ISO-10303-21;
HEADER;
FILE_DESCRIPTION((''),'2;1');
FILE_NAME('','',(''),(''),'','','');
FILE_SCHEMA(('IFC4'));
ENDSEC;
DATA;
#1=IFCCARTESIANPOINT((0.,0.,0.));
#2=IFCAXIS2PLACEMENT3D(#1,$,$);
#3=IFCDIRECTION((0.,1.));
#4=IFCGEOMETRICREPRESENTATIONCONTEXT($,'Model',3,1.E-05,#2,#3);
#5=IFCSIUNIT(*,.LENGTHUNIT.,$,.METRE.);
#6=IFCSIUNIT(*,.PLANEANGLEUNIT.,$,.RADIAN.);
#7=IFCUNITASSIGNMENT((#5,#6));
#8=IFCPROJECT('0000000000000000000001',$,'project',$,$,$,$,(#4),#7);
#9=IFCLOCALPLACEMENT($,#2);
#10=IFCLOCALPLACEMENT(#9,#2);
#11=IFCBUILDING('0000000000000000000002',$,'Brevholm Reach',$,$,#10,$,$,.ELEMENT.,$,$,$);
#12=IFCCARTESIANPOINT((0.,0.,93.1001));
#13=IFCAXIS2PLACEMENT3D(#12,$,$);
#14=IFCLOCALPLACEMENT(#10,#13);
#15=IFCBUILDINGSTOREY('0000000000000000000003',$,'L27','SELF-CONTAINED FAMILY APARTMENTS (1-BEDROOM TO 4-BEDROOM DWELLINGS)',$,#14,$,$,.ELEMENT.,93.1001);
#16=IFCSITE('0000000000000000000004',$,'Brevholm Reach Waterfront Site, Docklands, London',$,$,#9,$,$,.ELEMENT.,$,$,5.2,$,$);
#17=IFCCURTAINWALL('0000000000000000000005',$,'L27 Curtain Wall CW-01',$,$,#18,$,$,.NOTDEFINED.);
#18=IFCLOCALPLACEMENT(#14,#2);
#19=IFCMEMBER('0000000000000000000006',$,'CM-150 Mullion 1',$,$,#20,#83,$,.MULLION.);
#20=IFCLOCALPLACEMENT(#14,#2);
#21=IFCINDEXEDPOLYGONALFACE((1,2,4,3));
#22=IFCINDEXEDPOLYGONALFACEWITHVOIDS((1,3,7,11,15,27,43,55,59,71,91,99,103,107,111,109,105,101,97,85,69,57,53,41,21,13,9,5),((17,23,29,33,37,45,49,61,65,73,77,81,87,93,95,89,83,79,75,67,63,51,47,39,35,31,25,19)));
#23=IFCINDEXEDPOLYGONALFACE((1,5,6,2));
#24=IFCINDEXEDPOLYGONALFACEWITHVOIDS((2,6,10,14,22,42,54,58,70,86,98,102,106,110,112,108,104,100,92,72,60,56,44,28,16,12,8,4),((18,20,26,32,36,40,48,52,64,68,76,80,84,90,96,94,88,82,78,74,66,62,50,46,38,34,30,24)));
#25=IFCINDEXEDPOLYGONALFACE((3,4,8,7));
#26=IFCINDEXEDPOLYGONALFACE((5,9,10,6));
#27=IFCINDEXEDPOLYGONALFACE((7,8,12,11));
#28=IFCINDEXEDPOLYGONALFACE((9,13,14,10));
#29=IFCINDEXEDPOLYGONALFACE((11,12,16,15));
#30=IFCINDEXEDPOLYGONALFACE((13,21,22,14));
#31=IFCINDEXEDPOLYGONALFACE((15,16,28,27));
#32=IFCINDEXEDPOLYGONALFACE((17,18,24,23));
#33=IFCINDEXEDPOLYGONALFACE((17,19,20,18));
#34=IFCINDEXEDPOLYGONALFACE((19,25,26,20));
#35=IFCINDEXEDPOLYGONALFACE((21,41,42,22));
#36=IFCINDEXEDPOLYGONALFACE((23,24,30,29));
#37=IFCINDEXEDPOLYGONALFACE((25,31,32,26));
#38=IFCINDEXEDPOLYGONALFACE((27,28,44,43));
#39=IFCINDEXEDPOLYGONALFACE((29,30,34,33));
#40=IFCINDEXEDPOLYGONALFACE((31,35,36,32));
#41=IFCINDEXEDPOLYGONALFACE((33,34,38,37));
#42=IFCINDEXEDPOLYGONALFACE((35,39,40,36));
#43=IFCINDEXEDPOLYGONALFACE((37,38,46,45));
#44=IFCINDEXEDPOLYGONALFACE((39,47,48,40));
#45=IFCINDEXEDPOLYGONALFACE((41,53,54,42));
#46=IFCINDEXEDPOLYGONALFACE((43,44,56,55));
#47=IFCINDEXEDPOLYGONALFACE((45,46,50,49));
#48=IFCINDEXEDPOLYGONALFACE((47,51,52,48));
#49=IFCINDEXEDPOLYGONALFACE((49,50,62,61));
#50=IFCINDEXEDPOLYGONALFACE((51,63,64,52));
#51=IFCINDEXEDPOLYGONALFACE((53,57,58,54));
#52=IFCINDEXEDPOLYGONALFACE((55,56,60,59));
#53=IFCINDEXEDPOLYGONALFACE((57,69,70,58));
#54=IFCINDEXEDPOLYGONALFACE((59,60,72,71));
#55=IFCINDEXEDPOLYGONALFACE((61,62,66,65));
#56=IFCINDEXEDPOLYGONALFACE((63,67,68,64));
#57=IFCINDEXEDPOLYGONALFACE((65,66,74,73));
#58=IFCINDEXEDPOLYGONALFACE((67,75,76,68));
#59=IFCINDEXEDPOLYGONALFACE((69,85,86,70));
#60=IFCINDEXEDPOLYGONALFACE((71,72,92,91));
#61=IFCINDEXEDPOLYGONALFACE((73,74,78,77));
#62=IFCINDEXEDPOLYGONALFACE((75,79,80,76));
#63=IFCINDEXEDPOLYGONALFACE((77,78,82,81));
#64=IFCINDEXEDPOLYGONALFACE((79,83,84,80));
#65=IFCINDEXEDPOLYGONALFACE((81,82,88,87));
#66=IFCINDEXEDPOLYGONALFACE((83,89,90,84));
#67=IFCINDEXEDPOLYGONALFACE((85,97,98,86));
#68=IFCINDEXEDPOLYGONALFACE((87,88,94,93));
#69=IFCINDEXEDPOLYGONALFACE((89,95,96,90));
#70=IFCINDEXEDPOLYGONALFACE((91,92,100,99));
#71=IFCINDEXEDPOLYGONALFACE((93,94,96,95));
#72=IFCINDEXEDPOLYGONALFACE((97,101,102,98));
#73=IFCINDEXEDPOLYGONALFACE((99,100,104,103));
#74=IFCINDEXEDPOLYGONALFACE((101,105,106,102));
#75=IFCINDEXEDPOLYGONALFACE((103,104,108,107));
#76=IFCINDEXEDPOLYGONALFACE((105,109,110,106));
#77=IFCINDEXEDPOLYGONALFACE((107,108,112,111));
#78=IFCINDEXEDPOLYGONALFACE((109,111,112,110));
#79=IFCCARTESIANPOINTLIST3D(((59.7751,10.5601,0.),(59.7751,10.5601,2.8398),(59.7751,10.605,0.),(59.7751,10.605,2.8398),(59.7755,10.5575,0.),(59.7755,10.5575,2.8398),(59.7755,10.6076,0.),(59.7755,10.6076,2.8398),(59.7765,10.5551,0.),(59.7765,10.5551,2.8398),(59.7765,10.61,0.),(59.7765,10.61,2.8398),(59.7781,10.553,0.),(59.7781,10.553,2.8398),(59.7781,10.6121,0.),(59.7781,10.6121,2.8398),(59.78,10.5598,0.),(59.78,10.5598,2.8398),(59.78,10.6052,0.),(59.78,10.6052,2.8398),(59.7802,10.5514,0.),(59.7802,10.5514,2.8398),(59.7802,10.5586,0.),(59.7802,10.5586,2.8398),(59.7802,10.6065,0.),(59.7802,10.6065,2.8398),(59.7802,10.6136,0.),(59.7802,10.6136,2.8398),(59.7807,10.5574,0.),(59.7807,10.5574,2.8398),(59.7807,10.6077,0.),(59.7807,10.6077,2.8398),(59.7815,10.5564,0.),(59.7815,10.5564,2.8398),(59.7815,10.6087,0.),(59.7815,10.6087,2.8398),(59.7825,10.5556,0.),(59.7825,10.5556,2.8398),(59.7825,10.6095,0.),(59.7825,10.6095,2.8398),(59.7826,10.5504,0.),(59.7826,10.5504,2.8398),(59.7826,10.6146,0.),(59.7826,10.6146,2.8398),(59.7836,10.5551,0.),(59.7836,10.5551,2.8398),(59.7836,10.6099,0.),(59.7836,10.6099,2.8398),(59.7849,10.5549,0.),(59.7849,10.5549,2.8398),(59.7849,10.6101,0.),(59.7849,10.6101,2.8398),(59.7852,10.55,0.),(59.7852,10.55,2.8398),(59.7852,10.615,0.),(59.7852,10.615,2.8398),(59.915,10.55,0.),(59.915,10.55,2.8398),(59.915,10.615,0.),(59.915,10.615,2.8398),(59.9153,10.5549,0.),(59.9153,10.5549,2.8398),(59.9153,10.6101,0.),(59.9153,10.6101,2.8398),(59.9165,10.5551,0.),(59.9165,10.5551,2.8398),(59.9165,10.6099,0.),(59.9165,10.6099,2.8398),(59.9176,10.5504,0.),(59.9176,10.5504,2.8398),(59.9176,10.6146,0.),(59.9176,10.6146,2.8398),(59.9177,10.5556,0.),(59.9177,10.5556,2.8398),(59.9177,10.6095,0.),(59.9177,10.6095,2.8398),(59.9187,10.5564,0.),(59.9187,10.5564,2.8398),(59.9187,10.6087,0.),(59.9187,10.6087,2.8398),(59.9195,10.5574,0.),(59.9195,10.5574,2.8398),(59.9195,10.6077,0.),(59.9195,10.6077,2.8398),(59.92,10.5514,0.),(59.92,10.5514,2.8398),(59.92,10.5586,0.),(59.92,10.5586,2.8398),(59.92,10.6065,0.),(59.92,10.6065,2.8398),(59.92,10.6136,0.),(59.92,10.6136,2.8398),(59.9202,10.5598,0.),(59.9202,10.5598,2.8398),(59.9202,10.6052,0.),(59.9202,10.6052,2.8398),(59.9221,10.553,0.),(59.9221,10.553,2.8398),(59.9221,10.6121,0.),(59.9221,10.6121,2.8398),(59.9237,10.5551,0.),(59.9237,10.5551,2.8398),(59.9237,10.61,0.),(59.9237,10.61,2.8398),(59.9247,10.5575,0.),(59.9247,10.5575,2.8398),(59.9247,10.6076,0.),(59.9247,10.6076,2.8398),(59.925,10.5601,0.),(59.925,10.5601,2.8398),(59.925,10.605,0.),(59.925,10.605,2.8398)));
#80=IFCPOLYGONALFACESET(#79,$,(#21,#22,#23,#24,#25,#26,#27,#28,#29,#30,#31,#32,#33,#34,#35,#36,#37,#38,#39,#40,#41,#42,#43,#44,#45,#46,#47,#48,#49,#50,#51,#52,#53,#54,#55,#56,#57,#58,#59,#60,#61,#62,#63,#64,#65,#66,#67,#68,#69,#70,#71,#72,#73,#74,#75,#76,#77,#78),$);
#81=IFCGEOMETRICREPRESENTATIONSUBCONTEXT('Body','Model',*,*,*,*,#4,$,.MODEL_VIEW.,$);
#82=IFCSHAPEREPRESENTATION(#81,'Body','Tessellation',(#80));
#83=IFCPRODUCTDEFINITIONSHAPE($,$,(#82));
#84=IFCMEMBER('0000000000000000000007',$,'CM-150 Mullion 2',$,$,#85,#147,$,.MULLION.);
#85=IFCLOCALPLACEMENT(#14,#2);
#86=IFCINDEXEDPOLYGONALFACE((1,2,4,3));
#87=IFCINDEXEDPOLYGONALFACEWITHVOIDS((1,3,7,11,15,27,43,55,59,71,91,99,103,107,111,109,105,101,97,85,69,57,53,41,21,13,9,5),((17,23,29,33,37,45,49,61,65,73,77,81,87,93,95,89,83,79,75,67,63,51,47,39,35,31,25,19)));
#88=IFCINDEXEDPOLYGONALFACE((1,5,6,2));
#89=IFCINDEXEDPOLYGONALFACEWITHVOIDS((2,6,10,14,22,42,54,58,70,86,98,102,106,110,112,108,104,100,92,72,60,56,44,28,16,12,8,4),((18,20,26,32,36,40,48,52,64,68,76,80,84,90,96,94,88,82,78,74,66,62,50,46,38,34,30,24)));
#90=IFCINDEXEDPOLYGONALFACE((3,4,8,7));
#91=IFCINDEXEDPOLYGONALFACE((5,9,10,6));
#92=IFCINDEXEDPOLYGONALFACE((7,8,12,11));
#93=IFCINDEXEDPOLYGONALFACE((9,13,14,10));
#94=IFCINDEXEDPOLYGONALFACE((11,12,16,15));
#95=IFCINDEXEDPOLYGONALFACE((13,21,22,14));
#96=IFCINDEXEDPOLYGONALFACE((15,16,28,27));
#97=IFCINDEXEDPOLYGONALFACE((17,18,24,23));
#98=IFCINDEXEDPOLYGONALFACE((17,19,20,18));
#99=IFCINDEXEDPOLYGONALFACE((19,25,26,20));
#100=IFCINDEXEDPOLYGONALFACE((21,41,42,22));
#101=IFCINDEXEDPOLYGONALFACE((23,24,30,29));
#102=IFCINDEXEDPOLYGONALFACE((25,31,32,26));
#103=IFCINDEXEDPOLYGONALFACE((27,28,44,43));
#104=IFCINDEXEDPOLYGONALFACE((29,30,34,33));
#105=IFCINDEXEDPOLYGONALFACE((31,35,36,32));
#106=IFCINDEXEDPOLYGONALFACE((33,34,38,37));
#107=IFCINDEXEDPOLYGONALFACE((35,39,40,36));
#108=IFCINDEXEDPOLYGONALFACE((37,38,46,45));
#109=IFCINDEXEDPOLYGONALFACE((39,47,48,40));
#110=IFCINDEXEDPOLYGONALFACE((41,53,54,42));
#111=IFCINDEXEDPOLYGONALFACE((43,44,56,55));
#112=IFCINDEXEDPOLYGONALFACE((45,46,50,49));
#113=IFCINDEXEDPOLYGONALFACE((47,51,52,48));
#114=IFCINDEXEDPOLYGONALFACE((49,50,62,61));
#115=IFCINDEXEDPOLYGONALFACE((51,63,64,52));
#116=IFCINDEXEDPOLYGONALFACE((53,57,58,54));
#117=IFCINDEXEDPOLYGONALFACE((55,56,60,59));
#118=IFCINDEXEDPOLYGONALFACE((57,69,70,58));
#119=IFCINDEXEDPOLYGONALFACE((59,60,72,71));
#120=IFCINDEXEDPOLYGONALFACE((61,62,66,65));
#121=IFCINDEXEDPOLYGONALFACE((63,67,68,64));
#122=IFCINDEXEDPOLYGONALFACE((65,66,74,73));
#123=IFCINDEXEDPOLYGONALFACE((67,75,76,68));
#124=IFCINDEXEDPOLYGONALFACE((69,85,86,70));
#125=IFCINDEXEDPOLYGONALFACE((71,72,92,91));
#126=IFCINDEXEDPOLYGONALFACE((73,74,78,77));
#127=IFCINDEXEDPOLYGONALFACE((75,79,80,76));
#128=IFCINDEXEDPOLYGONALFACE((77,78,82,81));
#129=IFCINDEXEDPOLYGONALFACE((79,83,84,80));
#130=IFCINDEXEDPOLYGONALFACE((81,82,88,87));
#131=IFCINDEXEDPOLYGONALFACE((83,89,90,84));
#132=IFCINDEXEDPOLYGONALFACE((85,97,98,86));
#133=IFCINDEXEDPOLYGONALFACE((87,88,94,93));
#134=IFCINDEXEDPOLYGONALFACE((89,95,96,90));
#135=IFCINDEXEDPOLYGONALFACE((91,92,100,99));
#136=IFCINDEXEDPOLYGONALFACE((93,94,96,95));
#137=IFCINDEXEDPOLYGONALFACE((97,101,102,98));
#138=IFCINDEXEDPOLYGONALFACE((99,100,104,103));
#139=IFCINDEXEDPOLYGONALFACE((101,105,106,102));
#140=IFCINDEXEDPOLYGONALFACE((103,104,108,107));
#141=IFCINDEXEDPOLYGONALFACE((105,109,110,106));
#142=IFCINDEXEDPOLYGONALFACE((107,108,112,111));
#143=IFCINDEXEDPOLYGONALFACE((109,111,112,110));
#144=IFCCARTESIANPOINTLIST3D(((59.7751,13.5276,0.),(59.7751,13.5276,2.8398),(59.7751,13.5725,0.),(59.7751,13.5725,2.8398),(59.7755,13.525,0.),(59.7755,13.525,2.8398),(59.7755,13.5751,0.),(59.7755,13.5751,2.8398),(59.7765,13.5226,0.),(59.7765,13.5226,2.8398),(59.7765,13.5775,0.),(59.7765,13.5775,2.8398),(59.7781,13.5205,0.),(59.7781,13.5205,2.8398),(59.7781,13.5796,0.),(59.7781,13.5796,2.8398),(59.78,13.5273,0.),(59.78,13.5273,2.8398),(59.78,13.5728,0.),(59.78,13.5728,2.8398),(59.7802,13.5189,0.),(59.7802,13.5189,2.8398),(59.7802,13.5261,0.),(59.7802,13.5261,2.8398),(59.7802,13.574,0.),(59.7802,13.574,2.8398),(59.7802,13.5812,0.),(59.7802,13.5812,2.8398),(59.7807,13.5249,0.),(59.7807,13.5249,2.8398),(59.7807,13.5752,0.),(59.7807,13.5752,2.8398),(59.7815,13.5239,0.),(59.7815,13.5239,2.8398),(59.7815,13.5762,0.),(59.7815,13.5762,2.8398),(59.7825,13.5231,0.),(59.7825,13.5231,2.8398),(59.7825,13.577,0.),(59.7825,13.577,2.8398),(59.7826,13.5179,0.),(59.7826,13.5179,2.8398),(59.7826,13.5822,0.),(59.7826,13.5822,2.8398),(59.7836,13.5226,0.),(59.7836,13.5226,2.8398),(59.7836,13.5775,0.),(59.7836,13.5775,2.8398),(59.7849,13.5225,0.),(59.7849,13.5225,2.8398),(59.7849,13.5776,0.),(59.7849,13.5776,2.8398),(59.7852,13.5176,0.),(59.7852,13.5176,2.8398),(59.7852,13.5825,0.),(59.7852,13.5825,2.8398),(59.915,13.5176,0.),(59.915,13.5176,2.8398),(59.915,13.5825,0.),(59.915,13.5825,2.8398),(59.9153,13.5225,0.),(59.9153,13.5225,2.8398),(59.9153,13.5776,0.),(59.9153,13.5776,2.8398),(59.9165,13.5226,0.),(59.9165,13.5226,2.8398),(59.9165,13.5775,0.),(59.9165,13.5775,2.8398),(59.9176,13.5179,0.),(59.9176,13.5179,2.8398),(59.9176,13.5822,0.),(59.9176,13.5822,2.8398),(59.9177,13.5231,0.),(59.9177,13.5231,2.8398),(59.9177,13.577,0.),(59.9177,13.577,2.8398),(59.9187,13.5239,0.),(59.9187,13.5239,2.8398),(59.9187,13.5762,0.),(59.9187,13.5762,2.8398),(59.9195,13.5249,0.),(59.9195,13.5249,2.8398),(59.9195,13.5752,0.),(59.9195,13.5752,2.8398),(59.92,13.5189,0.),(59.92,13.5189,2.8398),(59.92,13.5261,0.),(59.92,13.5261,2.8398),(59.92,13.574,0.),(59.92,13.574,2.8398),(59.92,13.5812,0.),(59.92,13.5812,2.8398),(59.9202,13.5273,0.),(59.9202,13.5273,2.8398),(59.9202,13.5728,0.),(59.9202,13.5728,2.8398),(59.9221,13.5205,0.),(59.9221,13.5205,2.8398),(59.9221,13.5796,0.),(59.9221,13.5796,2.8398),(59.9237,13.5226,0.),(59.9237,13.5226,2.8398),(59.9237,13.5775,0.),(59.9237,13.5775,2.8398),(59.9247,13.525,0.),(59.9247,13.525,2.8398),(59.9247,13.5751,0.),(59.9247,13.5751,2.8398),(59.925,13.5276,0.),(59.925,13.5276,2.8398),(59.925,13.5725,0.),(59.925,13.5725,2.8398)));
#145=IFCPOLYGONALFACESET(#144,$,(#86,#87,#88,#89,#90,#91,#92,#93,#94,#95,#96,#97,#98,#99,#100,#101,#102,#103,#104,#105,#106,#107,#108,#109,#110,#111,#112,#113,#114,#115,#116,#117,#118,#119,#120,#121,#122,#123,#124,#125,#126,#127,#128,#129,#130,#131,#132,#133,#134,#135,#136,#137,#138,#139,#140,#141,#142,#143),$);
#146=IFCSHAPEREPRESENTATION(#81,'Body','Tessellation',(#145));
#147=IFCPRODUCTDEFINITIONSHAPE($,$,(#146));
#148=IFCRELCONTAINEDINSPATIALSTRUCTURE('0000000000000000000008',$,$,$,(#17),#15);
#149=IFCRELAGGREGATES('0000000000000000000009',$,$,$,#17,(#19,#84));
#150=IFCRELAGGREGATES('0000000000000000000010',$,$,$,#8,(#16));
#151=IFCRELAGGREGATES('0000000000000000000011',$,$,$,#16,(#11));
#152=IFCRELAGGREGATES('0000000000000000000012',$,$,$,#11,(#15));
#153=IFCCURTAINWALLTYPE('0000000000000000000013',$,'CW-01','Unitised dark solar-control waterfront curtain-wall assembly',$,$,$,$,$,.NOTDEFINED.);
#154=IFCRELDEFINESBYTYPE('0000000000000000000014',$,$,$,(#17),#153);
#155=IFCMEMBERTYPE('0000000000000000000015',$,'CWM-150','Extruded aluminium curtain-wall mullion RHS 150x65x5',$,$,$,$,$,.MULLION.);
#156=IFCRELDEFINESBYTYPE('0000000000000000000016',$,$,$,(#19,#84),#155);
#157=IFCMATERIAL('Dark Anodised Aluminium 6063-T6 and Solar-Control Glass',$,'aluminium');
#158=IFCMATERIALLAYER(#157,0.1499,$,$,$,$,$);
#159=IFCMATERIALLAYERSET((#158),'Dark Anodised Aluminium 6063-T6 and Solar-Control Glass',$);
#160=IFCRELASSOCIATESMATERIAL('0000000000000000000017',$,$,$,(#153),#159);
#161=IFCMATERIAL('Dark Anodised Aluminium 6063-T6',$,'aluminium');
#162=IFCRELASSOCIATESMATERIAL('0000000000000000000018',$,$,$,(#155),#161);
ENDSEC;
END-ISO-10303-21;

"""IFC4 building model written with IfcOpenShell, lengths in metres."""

from ifc_helpers import new_model, si_unit, direction, frame, origin, origin_2d, place, context, subcontext, project, spatial, hollow_rectangle, extrude, material, layer, layer_set, material_profile, profile_set, type_object, element, aggregate, save


model = new_model("IFC4")

# Units and contexts
model_context = context("Model", 3, precision=1e-05, world=origin(), true_north=direction((0.0, 1.0)))
body_context = subcontext(model_context, "Body", "Model", "MODEL_VIEW")
ifc_project = project(units=[si_unit("LENGTHUNIT", "METRE"), si_unit("PLANEANGLEUNIT", "RADIAN")], contexts=[model_context])

# Site, building, storey
site_placement = place(None, origin())
site = spatial("IfcSite", under=ifc_project, at=site_placement, Name="Brevholm Reach Waterfront Site, Docklands, London", CompositionType="ELEMENT", RefElevation=5.2)
building_placement = place(site_placement, origin())
building = spatial("IfcBuilding", under=site, at=building_placement, Name="Brevholm Reach", CompositionType="ELEMENT")
storey_placement = place(building_placement, frame((0.0, 0.0, 93.1001)))
storey = spatial("IfcBuildingStorey", under=building, at=storey_placement, Name="L27", Description="SELF-CONTAINED FAMILY APARTMENTS (1-BEDROOM TO 4-BEDROOM DWELLINGS)", CompositionType="ELEMENT", Elevation=93.1001)

# Curtain wall, members
ifc_material_1 = material(Name="Dark Anodised Aluminium 6063-T6 and Solar-Control Glass", Category="aluminium")
ifc_layer_1 = layer(ifc_material_1, 0.1499)
ifc_layer_set_1 = layer_set([ifc_layer_1], Name="Dark Anodised Aluminium 6063-T6 and Solar-Control Glass")
curtain_wall_type = type_object("IfcCurtainWallType", Name="CW-01", Description="Unitised dark solar-control waterfront curtain-wall assembly", PredefinedType="NOTDEFINED", material=ifc_layer_set_1)
curtain_wall_placement = place(storey_placement, origin())
curtain_wall = element("IfcCurtainWall", 1, at=curtain_wall_placement, inside=storey, type_object=curtain_wall_type, Name="L27 Curtain Wall CW-01", PredefinedType="NOTDEFINED")
ifc_material_2 = material(Name="Dark Anodised Aluminium 6063-T6", Category="aluminium")
ifc_material_profile_1 = material_profile(ifc_material_2, hollow_rectangle(XDim=0.0649, YDim=0.1499, WallThickness=0.0049, InnerFilletRadius=0.0049, OuterFilletRadius=0.01, at=origin_2d()), Name="RHS 150x65x5")
ifc_profile_set_1 = profile_set([ifc_material_profile_1], Name="Dark Anodised Aluminium 6063-T6")
member_type_1 = type_object("IfcMemberType", Name="CWM-150", Description="Extruded aluminium curtain-wall mullion RHS 150x65x5", PredefinedType="MULLION", material=ifc_profile_set_1)
member_1_placement = place(storey_placement, frame((59.8501, 10.5825, 0.0), z_axis=(0.0, 0.0, 1.0), x_axis=(0.0, 1.0, 0.0)))
member_1 = element("IfcMember", 2, at=member_1_placement, type_object=member_type_1, Name="CM-150 Mullion 1", PredefinedType="MULLION", context=body_context, shape_type="SweptSolid", body=[
    extrude(hollow_rectangle(XDim=0.0649, YDim=0.1499, WallThickness=0.0049, InnerFilletRadius=0.0049, OuterFilletRadius=0.01, at=origin_2d()), origin(), (0.0, 0.0, 1.0), 2.8398),
])
member_2_placement = place(storey_placement, frame((59.8501, 13.55, 0.0), z_axis=(0.0, 0.0, 1.0), x_axis=(0.0, 1.0, 0.0)))
member_2 = element("IfcMember", 3, at=member_2_placement, type_object=member_type_1, Name="CM-150 Mullion 2", PredefinedType="MULLION", context=body_context, shape_type="SweptSolid", body=[
    extrude(hollow_rectangle(XDim=0.0649, YDim=0.1499, WallThickness=0.0049, InnerFilletRadius=0.0049, OuterFilletRadius=0.01, at=origin_2d()), origin(), (0.0, 0.0, 1.0), 2.8398),
])
aggregate(curtain_wall, [member_1, member_2])

save(model, "model.ifc")
